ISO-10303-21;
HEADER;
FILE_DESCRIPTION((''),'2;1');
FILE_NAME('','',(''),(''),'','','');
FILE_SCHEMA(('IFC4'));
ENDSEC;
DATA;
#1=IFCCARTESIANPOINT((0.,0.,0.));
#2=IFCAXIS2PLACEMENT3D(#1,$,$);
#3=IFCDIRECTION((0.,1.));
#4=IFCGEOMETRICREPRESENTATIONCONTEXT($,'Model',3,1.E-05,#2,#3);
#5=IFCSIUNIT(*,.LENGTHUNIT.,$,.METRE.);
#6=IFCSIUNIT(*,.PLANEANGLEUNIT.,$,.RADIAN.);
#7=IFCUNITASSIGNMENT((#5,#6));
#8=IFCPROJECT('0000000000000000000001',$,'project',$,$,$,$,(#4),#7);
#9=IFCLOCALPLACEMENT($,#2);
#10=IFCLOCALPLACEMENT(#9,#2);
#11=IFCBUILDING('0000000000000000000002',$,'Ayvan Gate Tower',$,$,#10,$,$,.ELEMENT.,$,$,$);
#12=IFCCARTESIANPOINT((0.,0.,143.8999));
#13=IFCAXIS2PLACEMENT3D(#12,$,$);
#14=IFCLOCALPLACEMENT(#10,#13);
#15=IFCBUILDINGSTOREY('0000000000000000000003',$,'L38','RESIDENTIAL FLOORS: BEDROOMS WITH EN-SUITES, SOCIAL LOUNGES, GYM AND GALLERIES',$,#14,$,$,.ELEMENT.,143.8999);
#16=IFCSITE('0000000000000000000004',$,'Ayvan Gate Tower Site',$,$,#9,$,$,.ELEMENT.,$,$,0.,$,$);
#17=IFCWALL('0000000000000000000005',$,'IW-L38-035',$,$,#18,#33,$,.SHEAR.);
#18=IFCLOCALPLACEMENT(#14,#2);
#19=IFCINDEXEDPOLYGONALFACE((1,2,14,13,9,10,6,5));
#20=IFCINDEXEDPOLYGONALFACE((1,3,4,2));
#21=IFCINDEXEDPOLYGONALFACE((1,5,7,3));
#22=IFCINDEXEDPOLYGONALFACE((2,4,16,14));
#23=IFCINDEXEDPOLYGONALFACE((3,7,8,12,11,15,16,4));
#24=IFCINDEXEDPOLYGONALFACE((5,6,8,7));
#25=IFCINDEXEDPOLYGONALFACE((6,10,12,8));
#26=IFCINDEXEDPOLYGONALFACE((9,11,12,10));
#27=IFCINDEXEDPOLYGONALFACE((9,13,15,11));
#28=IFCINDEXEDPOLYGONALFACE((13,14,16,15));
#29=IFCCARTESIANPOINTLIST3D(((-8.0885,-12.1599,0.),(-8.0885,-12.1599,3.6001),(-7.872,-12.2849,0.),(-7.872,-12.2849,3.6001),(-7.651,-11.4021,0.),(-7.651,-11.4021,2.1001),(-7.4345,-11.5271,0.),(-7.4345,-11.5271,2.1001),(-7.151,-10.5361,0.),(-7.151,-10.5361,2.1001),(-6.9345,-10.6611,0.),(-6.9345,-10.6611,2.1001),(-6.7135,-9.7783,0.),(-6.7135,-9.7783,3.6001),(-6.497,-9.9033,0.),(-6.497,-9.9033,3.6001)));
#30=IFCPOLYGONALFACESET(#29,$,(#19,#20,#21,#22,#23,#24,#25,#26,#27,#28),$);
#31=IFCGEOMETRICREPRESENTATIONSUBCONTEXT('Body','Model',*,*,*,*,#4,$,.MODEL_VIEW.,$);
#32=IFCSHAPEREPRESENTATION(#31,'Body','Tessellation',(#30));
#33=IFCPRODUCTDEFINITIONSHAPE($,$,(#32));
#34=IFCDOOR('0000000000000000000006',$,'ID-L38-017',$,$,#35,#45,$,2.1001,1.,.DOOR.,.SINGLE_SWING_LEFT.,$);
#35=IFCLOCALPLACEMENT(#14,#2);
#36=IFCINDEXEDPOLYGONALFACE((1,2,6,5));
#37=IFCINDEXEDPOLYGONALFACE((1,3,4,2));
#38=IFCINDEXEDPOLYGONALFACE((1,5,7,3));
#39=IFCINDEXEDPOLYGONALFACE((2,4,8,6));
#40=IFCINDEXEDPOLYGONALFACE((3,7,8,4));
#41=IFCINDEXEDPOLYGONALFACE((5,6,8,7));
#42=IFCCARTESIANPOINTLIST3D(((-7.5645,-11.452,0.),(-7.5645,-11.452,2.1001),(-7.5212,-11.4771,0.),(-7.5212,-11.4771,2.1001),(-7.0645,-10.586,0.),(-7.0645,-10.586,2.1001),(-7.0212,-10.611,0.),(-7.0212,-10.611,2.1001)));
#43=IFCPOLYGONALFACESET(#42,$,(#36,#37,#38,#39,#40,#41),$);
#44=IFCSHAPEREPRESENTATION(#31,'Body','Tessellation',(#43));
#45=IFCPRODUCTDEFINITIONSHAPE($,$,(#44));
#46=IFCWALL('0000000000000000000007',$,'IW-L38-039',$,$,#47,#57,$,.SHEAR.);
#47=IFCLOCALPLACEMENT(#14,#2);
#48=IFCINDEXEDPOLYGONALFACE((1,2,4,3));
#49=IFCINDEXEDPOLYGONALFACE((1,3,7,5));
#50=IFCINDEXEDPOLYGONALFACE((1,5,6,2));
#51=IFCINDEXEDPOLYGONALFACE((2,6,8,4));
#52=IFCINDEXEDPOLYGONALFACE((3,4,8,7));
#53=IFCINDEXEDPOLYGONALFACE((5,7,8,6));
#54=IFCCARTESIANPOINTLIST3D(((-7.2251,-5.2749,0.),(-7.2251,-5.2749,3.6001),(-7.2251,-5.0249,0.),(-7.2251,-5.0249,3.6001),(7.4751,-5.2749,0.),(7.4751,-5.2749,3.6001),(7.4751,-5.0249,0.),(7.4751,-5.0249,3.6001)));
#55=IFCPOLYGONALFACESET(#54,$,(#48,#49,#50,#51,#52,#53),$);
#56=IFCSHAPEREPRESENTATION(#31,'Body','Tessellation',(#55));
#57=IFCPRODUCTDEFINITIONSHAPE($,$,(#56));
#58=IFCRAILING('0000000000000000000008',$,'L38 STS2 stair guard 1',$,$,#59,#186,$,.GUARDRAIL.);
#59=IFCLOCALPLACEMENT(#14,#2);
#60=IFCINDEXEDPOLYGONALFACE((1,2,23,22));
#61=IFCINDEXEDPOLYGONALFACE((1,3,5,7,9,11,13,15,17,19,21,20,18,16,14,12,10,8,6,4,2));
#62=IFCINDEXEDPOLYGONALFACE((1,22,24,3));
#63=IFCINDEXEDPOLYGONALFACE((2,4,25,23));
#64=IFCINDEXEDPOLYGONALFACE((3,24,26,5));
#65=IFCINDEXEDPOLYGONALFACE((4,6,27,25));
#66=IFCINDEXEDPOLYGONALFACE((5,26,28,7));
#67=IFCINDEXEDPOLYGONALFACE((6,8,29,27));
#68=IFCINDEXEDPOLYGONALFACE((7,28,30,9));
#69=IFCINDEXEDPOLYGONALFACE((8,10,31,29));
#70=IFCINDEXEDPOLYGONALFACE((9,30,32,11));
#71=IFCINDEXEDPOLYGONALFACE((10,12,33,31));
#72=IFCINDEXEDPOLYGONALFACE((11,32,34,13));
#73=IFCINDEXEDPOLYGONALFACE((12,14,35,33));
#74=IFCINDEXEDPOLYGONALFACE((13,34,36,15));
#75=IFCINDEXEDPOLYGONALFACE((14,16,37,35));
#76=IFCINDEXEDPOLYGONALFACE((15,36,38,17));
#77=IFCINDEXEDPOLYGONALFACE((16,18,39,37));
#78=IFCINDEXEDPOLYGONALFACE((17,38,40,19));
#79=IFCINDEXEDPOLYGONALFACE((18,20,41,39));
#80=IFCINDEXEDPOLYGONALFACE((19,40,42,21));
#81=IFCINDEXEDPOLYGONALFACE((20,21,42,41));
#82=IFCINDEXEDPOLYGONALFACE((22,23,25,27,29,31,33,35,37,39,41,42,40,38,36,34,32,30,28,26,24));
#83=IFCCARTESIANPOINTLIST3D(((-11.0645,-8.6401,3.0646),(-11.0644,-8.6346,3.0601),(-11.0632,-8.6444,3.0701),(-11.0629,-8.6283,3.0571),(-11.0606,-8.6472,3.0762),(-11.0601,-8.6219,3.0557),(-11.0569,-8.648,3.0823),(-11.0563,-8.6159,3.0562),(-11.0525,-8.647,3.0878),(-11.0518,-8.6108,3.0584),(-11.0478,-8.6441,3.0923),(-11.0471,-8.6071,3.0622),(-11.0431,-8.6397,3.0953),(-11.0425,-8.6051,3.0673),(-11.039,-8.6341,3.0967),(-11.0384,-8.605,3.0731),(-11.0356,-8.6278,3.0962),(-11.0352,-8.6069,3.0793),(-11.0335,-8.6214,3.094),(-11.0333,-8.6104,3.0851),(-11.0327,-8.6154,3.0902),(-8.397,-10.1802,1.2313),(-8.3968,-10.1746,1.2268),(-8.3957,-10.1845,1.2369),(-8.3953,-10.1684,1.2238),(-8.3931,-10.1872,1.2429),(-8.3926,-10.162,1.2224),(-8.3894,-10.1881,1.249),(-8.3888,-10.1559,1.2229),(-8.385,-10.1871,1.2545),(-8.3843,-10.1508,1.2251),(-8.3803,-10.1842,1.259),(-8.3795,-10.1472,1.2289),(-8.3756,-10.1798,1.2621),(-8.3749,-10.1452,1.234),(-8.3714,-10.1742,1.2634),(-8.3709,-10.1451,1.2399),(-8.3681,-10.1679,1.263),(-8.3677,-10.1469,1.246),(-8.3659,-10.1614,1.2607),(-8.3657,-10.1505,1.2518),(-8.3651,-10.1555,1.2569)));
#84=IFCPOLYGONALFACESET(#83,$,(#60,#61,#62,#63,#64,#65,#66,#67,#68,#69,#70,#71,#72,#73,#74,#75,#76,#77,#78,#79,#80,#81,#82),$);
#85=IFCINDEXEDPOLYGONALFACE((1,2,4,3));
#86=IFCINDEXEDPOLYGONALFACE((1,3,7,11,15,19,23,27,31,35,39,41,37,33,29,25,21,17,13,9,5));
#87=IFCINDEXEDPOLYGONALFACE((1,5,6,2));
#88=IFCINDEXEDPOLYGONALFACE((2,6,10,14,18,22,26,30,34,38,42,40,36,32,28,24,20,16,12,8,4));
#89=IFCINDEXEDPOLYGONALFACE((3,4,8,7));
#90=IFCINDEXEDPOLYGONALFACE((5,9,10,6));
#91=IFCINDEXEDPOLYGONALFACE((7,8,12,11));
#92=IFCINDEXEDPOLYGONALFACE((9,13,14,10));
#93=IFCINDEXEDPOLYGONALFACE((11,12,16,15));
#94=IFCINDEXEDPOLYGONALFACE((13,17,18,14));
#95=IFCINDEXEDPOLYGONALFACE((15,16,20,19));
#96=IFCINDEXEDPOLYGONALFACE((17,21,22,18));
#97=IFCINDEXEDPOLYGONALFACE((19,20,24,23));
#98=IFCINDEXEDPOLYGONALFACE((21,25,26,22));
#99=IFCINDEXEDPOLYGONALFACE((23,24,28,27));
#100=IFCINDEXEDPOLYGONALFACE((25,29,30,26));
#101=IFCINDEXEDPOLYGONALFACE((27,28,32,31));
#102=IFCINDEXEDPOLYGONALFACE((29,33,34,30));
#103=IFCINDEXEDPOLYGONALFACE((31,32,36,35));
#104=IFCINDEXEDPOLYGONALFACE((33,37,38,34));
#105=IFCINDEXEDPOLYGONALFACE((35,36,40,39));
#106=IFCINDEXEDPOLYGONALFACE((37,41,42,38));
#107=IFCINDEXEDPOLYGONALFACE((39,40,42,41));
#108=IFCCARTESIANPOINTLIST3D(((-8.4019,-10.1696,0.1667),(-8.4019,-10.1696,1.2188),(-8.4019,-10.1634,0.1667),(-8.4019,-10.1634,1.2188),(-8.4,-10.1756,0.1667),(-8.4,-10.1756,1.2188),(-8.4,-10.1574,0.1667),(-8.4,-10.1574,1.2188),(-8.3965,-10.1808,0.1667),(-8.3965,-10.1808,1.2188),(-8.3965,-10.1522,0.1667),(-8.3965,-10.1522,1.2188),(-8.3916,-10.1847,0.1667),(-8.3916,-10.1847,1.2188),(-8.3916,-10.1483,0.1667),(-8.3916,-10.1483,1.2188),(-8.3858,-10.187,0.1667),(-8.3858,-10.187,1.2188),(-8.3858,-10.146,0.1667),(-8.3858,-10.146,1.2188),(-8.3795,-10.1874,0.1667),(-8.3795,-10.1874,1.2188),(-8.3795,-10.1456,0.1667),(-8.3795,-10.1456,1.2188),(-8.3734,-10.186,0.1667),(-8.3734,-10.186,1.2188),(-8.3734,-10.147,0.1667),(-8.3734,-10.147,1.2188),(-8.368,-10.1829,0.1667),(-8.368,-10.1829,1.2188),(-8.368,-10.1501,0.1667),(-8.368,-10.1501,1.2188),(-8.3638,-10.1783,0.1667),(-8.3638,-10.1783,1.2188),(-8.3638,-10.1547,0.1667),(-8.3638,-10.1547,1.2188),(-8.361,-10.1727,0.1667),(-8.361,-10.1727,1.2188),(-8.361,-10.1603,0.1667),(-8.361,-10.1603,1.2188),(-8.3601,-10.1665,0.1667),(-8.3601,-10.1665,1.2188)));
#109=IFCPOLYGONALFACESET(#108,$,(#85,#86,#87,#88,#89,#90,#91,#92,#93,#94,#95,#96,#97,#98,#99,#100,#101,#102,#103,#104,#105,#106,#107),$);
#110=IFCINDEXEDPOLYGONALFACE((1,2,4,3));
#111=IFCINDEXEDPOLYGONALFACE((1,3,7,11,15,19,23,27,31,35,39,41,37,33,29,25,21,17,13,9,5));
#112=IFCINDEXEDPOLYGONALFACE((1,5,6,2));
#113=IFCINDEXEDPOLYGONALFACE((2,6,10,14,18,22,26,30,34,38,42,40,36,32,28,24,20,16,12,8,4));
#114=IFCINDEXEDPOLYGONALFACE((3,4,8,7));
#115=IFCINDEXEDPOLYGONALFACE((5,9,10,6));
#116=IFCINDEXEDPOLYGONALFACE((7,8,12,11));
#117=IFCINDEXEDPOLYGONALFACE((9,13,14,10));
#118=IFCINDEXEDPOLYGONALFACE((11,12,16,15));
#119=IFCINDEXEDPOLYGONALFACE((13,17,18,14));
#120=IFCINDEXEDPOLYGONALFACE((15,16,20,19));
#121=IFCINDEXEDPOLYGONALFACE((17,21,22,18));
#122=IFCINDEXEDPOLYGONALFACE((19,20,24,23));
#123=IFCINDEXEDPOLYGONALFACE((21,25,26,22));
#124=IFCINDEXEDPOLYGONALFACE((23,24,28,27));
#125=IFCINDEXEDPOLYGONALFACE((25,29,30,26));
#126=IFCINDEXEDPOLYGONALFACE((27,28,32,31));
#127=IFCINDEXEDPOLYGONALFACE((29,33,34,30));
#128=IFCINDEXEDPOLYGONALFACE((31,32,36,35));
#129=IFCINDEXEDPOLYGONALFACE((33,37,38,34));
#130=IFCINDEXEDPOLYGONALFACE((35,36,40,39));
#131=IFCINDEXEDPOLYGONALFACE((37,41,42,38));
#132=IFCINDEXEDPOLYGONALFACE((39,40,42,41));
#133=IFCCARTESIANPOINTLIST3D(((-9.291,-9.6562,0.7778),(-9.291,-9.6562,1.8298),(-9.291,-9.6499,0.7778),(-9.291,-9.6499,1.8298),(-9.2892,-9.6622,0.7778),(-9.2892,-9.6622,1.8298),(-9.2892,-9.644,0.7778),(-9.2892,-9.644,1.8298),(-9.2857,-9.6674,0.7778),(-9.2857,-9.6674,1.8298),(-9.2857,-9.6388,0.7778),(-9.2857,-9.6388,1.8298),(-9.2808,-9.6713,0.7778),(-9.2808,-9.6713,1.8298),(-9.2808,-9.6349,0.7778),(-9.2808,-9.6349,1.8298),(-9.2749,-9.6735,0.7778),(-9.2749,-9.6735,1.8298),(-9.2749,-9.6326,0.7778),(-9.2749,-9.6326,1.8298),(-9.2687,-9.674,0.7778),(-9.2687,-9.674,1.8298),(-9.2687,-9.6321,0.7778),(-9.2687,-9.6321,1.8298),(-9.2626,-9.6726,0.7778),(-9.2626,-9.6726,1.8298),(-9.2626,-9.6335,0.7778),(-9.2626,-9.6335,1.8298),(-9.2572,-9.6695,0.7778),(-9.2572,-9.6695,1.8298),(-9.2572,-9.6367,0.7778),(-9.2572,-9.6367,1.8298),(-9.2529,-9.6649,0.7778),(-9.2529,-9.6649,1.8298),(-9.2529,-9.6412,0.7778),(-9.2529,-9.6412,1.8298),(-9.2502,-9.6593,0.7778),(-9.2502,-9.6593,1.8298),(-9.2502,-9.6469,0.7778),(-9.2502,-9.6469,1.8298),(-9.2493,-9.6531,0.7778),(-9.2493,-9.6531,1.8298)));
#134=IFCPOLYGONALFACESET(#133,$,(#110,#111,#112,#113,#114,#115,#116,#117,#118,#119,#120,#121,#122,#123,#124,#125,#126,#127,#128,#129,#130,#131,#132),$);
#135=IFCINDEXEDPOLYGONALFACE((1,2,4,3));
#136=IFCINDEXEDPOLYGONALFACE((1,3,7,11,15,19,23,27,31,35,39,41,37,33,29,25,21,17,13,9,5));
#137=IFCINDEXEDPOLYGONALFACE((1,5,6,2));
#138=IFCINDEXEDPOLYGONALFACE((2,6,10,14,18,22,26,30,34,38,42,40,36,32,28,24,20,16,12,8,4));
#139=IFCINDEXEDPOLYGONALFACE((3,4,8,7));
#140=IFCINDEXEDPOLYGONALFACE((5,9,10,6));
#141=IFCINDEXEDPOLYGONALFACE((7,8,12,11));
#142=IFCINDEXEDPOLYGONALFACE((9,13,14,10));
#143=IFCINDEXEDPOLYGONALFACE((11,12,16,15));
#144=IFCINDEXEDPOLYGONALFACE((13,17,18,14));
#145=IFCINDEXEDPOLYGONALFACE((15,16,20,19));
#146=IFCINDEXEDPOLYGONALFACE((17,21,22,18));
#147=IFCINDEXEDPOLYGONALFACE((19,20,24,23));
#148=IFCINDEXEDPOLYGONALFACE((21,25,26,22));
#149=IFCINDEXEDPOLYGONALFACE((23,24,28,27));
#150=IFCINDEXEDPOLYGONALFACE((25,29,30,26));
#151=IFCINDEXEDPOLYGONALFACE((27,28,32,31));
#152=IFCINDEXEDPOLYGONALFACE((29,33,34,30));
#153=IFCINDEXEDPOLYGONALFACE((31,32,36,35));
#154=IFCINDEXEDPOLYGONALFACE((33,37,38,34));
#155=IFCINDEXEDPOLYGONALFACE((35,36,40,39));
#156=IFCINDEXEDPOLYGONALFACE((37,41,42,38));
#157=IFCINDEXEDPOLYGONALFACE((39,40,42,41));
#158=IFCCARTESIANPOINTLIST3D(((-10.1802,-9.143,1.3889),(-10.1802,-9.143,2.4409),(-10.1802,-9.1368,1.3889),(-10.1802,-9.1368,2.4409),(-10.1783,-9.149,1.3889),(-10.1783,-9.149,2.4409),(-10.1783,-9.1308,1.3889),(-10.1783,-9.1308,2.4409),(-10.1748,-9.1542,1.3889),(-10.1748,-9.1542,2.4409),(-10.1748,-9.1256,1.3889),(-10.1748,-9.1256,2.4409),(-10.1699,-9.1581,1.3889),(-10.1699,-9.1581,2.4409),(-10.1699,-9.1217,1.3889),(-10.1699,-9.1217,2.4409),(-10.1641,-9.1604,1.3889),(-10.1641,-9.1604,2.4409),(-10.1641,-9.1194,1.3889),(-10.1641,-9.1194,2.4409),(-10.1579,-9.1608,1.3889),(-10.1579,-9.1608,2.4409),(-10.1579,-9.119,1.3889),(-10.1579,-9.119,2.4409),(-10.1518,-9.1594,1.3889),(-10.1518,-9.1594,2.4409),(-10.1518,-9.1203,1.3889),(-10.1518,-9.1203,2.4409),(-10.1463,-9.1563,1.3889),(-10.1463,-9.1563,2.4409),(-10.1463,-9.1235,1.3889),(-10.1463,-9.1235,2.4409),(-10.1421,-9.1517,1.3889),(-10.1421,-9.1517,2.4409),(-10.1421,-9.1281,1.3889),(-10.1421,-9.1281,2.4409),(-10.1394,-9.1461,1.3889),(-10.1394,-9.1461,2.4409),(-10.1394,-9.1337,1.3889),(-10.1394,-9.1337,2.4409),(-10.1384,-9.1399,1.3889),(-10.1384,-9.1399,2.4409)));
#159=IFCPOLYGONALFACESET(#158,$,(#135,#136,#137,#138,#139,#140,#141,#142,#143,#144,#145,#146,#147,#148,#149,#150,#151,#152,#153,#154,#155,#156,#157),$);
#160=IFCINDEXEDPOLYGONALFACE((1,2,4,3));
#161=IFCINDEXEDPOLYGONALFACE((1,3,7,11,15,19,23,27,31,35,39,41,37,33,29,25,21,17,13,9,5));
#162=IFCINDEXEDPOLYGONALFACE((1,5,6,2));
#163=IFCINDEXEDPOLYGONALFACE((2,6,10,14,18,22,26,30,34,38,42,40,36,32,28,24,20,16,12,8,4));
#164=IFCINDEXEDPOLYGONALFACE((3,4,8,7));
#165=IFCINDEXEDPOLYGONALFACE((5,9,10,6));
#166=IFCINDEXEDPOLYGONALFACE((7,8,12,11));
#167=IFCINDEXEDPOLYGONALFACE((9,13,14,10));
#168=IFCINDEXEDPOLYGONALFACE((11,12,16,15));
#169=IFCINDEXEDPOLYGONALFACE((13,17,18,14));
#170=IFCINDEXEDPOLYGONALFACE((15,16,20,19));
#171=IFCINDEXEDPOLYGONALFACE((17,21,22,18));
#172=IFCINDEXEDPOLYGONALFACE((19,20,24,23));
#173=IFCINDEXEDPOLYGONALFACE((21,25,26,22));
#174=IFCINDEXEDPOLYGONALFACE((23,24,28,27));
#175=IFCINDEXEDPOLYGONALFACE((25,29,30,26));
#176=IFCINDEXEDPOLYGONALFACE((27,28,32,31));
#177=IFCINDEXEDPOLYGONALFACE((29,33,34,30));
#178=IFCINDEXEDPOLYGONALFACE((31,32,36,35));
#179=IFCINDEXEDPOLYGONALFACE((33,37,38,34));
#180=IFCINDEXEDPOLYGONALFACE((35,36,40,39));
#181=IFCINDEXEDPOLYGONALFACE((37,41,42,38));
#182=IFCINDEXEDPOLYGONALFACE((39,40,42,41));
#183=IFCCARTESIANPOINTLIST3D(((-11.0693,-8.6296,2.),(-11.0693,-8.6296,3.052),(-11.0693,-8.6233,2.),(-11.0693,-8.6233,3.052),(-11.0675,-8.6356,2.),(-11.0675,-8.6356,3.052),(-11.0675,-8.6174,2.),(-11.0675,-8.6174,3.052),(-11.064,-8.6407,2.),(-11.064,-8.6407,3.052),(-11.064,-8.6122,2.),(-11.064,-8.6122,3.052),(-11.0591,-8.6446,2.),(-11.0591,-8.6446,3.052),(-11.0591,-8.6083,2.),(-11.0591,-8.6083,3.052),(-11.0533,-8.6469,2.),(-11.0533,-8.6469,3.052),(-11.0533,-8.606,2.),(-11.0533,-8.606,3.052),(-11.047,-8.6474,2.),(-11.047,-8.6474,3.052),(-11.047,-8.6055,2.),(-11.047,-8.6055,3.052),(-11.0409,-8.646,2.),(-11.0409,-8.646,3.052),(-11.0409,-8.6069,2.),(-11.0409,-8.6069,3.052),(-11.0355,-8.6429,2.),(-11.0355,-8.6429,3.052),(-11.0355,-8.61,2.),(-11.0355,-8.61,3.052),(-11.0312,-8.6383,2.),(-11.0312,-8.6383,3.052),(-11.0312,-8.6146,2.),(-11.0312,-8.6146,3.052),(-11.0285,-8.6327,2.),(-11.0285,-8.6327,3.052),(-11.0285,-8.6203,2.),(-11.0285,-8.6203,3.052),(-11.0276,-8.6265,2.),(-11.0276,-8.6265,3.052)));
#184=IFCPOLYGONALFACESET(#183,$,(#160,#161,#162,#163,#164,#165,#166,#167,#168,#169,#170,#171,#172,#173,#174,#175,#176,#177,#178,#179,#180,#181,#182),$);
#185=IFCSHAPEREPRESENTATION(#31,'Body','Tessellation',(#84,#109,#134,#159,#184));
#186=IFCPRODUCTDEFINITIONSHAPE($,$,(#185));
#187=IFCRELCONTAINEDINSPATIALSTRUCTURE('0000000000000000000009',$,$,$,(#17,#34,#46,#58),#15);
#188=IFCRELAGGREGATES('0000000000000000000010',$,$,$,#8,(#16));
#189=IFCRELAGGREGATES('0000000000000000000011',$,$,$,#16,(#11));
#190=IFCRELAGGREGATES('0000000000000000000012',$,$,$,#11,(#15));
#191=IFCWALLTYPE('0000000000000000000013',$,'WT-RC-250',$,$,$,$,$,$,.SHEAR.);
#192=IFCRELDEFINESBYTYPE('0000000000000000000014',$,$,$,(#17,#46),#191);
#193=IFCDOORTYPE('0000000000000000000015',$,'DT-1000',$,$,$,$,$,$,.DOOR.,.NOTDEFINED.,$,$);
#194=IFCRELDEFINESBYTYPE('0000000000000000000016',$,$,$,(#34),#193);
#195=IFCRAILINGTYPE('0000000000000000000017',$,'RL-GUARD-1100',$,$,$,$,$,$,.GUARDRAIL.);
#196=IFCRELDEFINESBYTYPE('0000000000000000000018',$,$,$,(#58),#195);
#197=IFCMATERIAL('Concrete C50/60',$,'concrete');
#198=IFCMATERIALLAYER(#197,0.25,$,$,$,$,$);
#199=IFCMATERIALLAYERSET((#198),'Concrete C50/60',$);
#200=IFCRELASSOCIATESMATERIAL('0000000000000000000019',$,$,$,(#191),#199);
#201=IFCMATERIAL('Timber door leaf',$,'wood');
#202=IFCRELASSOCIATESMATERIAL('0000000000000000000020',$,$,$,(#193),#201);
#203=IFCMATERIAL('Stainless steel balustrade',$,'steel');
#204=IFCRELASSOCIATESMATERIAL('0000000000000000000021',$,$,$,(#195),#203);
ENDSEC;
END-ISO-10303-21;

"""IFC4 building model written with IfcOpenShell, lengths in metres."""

from ifc_helpers import new_model, si_unit, direction, frame, frame_2d, origin, origin_2d, place, context, subcontext, project, spatial, rectangle, circle, extrude, material, layer, layer_set, type_object, element, fill, save


model = new_model("IFC4")

# Units and contexts
model_context = context("Model", 3, precision=1e-05, world=origin(), true_north=direction((0.0, 1.0)))
body_context = subcontext(model_context, "Body", "Model", "MODEL_VIEW")
ifc_project = project(units=[si_unit("LENGTHUNIT", "METRE"), si_unit("PLANEANGLEUNIT", "RADIAN")], contexts=[model_context])

# Site, building, storey
site_placement = place(None, origin())
site = spatial("IfcSite", under=ifc_project, at=site_placement, Name="Ayvan Gate Tower Site", CompositionType="ELEMENT", RefElevation=0.0)
building_placement = place(site_placement, origin())
building = spatial("IfcBuilding", under=site, at=building_placement, Name="Ayvan Gate Tower", CompositionType="ELEMENT")
storey_placement = place(building_placement, frame((0.0, 0.0, 143.8999)))
storey = spatial("IfcBuildingStorey", under=building, at=storey_placement, Name="L38", Description="RESIDENTIAL FLOORS: BEDROOMS WITH EN-SUITES, SOCIAL LOUNGES, GYM AND GALLERIES", CompositionType="ELEMENT", Elevation=143.8999)

# Shared definitions
ifc_material_1 = material(Name="Timber door leaf", Category="wood")

# Shared definitions
ifc_material_2 = material(Name="Concrete C50/60", Category="concrete")
ifc_layer_1 = layer(ifc_material_2, 0.25)
ifc_layer_set_1 = layer_set([ifc_layer_1], Name="Concrete C50/60")
wall_type_1 = type_object("IfcWallType", Name="WT-RC-250", PredefinedType="SHEAR", material=ifc_layer_set_1)

# Shared definitions
door_type_1 = type_object("IfcDoorType", Name="DT-1000", OperationType="NOTDEFINED", PredefinedType="DOOR", material=ifc_material_1)

# Wall, opening, door
wall_1_placement = place(storey_placement, frame((-6.6052, -9.8408, 0.0), z_axis=(0.0, 0.0, 1.0), x_axis=(-0.499997, -0.866027, 0.0)))
wall_1 = element("IfcWall", 1, at=wall_1_placement, inside=storey, type_object=wall_type_1, Name="IW-L38-035", PredefinedType="SHEAR", context=body_context, shape_type="SweptSolid", body=[
    extrude(rectangle(XDim=2.75, YDim=0.25, at=frame_2d((1.375, 0.0))), origin(), (0.0, 0.0, 1.0), 3.6001),
])
opening_1_placement = place(wall_1_placement, frame((0.875, 0.0, 0.0)))
opening_1 = element("IfcOpeningElement", 2, at=opening_1_placement, cuts=wall_1, PredefinedType="OPENING", context=body_context, shape_type="SweptSolid", body=[
    extrude(rectangle(XDim=1.0, YDim=2.1001, at=frame_2d((0.5, 1.05))), frame((0.0, 0.135, 0.0), z_axis=(0.0, -1.0, 0.0), x_axis=(1.0, 0.0, 0.0)), (0.0, 0.0, 1.0), 0.27),
])
door_1_placement = place(opening_1_placement, origin())
door_1 = element("IfcDoor", 3, at=door_1_placement, inside=storey, type_object=door_type_1, Name="ID-L38-017", OperationType="SINGLE_SWING_LEFT", OverallHeight=2.1001, OverallWidth=1.0, PredefinedType="DOOR", context=body_context, shape_type="SweptSolid", body=[
    extrude(rectangle(XDim=1.0, YDim=2.1001, at=frame_2d((0.5, 1.05))), frame((0.0, 0.0249, 0.0), z_axis=(0.0, -1.0, 0.0), x_axis=(1.0, 0.0, 0.0)), (0.0, 0.0, 1.0), 0.05),
])
fill(opening_1, door_1)

# Wall
wall_2_placement = place(storey_placement, frame((-7.2251, -5.1499, 0.0), z_axis=(0.0, 0.0, 1.0), x_axis=(1.0, 0.0, 0.0)))
element("IfcWall", 4, at=wall_2_placement, inside=storey, type_object=wall_type_1, Name="IW-L38-039", PredefinedType="SHEAR", context=body_context, shape_type="SweptSolid", body=[
    extrude(rectangle(XDim=14.7002, YDim=0.25, at=frame_2d((7.3501, 0.0))), origin(), (0.0, 0.0, 1.0), 3.6001),
])

# Railing
ifc_material_3 = material(Name="Stainless steel balustrade", Category="steel")
railing_type_1 = type_object("IfcRailingType", Name="RL-GUARD-1100", PredefinedType="GUARDRAIL", material=ifc_material_3)
railing_1_placement = place(storey_placement, frame((-8.3811, -10.1665, 0.1667)))
element("IfcRailing", 5, at=railing_1_placement, inside=storey, type_object=railing_type_1, Name="L38 STS2 stair guard 1", PredefinedType="GUARDRAIL", context=body_context, shape_type="SweptSolid", body=[
    extrude(circle(Radius=0.0239, at=origin_2d()), frame((0.0, 0.0, 1.0762), z_axis=(-0.74419, 0.429649, 0.511452), x_axis=(-0.499992, -0.86603, 0.0)), (0.0, 0.0, 1.0), 3.5845),
    extrude(circle(Radius=0.021, at=origin_2d()), origin(), (0.0, 0.0, 1.0), 1.052),
    extrude(circle(Radius=0.021, at=origin_2d()), frame((-0.8892, 0.5134, 0.6111)), (0.0, 0.0, 1.0), 1.052),
    extrude(circle(Radius=0.021, at=origin_2d()), frame((-1.7783, 1.0266, 1.2222)), (0.0, 0.0, 1.0), 1.052),
    extrude(circle(Radius=0.021, at=origin_2d()), frame((-2.6675, 1.54, 1.8333)), (0.0, 0.0, 1.0), 1.052),
])

save(model, "model.ifc")
